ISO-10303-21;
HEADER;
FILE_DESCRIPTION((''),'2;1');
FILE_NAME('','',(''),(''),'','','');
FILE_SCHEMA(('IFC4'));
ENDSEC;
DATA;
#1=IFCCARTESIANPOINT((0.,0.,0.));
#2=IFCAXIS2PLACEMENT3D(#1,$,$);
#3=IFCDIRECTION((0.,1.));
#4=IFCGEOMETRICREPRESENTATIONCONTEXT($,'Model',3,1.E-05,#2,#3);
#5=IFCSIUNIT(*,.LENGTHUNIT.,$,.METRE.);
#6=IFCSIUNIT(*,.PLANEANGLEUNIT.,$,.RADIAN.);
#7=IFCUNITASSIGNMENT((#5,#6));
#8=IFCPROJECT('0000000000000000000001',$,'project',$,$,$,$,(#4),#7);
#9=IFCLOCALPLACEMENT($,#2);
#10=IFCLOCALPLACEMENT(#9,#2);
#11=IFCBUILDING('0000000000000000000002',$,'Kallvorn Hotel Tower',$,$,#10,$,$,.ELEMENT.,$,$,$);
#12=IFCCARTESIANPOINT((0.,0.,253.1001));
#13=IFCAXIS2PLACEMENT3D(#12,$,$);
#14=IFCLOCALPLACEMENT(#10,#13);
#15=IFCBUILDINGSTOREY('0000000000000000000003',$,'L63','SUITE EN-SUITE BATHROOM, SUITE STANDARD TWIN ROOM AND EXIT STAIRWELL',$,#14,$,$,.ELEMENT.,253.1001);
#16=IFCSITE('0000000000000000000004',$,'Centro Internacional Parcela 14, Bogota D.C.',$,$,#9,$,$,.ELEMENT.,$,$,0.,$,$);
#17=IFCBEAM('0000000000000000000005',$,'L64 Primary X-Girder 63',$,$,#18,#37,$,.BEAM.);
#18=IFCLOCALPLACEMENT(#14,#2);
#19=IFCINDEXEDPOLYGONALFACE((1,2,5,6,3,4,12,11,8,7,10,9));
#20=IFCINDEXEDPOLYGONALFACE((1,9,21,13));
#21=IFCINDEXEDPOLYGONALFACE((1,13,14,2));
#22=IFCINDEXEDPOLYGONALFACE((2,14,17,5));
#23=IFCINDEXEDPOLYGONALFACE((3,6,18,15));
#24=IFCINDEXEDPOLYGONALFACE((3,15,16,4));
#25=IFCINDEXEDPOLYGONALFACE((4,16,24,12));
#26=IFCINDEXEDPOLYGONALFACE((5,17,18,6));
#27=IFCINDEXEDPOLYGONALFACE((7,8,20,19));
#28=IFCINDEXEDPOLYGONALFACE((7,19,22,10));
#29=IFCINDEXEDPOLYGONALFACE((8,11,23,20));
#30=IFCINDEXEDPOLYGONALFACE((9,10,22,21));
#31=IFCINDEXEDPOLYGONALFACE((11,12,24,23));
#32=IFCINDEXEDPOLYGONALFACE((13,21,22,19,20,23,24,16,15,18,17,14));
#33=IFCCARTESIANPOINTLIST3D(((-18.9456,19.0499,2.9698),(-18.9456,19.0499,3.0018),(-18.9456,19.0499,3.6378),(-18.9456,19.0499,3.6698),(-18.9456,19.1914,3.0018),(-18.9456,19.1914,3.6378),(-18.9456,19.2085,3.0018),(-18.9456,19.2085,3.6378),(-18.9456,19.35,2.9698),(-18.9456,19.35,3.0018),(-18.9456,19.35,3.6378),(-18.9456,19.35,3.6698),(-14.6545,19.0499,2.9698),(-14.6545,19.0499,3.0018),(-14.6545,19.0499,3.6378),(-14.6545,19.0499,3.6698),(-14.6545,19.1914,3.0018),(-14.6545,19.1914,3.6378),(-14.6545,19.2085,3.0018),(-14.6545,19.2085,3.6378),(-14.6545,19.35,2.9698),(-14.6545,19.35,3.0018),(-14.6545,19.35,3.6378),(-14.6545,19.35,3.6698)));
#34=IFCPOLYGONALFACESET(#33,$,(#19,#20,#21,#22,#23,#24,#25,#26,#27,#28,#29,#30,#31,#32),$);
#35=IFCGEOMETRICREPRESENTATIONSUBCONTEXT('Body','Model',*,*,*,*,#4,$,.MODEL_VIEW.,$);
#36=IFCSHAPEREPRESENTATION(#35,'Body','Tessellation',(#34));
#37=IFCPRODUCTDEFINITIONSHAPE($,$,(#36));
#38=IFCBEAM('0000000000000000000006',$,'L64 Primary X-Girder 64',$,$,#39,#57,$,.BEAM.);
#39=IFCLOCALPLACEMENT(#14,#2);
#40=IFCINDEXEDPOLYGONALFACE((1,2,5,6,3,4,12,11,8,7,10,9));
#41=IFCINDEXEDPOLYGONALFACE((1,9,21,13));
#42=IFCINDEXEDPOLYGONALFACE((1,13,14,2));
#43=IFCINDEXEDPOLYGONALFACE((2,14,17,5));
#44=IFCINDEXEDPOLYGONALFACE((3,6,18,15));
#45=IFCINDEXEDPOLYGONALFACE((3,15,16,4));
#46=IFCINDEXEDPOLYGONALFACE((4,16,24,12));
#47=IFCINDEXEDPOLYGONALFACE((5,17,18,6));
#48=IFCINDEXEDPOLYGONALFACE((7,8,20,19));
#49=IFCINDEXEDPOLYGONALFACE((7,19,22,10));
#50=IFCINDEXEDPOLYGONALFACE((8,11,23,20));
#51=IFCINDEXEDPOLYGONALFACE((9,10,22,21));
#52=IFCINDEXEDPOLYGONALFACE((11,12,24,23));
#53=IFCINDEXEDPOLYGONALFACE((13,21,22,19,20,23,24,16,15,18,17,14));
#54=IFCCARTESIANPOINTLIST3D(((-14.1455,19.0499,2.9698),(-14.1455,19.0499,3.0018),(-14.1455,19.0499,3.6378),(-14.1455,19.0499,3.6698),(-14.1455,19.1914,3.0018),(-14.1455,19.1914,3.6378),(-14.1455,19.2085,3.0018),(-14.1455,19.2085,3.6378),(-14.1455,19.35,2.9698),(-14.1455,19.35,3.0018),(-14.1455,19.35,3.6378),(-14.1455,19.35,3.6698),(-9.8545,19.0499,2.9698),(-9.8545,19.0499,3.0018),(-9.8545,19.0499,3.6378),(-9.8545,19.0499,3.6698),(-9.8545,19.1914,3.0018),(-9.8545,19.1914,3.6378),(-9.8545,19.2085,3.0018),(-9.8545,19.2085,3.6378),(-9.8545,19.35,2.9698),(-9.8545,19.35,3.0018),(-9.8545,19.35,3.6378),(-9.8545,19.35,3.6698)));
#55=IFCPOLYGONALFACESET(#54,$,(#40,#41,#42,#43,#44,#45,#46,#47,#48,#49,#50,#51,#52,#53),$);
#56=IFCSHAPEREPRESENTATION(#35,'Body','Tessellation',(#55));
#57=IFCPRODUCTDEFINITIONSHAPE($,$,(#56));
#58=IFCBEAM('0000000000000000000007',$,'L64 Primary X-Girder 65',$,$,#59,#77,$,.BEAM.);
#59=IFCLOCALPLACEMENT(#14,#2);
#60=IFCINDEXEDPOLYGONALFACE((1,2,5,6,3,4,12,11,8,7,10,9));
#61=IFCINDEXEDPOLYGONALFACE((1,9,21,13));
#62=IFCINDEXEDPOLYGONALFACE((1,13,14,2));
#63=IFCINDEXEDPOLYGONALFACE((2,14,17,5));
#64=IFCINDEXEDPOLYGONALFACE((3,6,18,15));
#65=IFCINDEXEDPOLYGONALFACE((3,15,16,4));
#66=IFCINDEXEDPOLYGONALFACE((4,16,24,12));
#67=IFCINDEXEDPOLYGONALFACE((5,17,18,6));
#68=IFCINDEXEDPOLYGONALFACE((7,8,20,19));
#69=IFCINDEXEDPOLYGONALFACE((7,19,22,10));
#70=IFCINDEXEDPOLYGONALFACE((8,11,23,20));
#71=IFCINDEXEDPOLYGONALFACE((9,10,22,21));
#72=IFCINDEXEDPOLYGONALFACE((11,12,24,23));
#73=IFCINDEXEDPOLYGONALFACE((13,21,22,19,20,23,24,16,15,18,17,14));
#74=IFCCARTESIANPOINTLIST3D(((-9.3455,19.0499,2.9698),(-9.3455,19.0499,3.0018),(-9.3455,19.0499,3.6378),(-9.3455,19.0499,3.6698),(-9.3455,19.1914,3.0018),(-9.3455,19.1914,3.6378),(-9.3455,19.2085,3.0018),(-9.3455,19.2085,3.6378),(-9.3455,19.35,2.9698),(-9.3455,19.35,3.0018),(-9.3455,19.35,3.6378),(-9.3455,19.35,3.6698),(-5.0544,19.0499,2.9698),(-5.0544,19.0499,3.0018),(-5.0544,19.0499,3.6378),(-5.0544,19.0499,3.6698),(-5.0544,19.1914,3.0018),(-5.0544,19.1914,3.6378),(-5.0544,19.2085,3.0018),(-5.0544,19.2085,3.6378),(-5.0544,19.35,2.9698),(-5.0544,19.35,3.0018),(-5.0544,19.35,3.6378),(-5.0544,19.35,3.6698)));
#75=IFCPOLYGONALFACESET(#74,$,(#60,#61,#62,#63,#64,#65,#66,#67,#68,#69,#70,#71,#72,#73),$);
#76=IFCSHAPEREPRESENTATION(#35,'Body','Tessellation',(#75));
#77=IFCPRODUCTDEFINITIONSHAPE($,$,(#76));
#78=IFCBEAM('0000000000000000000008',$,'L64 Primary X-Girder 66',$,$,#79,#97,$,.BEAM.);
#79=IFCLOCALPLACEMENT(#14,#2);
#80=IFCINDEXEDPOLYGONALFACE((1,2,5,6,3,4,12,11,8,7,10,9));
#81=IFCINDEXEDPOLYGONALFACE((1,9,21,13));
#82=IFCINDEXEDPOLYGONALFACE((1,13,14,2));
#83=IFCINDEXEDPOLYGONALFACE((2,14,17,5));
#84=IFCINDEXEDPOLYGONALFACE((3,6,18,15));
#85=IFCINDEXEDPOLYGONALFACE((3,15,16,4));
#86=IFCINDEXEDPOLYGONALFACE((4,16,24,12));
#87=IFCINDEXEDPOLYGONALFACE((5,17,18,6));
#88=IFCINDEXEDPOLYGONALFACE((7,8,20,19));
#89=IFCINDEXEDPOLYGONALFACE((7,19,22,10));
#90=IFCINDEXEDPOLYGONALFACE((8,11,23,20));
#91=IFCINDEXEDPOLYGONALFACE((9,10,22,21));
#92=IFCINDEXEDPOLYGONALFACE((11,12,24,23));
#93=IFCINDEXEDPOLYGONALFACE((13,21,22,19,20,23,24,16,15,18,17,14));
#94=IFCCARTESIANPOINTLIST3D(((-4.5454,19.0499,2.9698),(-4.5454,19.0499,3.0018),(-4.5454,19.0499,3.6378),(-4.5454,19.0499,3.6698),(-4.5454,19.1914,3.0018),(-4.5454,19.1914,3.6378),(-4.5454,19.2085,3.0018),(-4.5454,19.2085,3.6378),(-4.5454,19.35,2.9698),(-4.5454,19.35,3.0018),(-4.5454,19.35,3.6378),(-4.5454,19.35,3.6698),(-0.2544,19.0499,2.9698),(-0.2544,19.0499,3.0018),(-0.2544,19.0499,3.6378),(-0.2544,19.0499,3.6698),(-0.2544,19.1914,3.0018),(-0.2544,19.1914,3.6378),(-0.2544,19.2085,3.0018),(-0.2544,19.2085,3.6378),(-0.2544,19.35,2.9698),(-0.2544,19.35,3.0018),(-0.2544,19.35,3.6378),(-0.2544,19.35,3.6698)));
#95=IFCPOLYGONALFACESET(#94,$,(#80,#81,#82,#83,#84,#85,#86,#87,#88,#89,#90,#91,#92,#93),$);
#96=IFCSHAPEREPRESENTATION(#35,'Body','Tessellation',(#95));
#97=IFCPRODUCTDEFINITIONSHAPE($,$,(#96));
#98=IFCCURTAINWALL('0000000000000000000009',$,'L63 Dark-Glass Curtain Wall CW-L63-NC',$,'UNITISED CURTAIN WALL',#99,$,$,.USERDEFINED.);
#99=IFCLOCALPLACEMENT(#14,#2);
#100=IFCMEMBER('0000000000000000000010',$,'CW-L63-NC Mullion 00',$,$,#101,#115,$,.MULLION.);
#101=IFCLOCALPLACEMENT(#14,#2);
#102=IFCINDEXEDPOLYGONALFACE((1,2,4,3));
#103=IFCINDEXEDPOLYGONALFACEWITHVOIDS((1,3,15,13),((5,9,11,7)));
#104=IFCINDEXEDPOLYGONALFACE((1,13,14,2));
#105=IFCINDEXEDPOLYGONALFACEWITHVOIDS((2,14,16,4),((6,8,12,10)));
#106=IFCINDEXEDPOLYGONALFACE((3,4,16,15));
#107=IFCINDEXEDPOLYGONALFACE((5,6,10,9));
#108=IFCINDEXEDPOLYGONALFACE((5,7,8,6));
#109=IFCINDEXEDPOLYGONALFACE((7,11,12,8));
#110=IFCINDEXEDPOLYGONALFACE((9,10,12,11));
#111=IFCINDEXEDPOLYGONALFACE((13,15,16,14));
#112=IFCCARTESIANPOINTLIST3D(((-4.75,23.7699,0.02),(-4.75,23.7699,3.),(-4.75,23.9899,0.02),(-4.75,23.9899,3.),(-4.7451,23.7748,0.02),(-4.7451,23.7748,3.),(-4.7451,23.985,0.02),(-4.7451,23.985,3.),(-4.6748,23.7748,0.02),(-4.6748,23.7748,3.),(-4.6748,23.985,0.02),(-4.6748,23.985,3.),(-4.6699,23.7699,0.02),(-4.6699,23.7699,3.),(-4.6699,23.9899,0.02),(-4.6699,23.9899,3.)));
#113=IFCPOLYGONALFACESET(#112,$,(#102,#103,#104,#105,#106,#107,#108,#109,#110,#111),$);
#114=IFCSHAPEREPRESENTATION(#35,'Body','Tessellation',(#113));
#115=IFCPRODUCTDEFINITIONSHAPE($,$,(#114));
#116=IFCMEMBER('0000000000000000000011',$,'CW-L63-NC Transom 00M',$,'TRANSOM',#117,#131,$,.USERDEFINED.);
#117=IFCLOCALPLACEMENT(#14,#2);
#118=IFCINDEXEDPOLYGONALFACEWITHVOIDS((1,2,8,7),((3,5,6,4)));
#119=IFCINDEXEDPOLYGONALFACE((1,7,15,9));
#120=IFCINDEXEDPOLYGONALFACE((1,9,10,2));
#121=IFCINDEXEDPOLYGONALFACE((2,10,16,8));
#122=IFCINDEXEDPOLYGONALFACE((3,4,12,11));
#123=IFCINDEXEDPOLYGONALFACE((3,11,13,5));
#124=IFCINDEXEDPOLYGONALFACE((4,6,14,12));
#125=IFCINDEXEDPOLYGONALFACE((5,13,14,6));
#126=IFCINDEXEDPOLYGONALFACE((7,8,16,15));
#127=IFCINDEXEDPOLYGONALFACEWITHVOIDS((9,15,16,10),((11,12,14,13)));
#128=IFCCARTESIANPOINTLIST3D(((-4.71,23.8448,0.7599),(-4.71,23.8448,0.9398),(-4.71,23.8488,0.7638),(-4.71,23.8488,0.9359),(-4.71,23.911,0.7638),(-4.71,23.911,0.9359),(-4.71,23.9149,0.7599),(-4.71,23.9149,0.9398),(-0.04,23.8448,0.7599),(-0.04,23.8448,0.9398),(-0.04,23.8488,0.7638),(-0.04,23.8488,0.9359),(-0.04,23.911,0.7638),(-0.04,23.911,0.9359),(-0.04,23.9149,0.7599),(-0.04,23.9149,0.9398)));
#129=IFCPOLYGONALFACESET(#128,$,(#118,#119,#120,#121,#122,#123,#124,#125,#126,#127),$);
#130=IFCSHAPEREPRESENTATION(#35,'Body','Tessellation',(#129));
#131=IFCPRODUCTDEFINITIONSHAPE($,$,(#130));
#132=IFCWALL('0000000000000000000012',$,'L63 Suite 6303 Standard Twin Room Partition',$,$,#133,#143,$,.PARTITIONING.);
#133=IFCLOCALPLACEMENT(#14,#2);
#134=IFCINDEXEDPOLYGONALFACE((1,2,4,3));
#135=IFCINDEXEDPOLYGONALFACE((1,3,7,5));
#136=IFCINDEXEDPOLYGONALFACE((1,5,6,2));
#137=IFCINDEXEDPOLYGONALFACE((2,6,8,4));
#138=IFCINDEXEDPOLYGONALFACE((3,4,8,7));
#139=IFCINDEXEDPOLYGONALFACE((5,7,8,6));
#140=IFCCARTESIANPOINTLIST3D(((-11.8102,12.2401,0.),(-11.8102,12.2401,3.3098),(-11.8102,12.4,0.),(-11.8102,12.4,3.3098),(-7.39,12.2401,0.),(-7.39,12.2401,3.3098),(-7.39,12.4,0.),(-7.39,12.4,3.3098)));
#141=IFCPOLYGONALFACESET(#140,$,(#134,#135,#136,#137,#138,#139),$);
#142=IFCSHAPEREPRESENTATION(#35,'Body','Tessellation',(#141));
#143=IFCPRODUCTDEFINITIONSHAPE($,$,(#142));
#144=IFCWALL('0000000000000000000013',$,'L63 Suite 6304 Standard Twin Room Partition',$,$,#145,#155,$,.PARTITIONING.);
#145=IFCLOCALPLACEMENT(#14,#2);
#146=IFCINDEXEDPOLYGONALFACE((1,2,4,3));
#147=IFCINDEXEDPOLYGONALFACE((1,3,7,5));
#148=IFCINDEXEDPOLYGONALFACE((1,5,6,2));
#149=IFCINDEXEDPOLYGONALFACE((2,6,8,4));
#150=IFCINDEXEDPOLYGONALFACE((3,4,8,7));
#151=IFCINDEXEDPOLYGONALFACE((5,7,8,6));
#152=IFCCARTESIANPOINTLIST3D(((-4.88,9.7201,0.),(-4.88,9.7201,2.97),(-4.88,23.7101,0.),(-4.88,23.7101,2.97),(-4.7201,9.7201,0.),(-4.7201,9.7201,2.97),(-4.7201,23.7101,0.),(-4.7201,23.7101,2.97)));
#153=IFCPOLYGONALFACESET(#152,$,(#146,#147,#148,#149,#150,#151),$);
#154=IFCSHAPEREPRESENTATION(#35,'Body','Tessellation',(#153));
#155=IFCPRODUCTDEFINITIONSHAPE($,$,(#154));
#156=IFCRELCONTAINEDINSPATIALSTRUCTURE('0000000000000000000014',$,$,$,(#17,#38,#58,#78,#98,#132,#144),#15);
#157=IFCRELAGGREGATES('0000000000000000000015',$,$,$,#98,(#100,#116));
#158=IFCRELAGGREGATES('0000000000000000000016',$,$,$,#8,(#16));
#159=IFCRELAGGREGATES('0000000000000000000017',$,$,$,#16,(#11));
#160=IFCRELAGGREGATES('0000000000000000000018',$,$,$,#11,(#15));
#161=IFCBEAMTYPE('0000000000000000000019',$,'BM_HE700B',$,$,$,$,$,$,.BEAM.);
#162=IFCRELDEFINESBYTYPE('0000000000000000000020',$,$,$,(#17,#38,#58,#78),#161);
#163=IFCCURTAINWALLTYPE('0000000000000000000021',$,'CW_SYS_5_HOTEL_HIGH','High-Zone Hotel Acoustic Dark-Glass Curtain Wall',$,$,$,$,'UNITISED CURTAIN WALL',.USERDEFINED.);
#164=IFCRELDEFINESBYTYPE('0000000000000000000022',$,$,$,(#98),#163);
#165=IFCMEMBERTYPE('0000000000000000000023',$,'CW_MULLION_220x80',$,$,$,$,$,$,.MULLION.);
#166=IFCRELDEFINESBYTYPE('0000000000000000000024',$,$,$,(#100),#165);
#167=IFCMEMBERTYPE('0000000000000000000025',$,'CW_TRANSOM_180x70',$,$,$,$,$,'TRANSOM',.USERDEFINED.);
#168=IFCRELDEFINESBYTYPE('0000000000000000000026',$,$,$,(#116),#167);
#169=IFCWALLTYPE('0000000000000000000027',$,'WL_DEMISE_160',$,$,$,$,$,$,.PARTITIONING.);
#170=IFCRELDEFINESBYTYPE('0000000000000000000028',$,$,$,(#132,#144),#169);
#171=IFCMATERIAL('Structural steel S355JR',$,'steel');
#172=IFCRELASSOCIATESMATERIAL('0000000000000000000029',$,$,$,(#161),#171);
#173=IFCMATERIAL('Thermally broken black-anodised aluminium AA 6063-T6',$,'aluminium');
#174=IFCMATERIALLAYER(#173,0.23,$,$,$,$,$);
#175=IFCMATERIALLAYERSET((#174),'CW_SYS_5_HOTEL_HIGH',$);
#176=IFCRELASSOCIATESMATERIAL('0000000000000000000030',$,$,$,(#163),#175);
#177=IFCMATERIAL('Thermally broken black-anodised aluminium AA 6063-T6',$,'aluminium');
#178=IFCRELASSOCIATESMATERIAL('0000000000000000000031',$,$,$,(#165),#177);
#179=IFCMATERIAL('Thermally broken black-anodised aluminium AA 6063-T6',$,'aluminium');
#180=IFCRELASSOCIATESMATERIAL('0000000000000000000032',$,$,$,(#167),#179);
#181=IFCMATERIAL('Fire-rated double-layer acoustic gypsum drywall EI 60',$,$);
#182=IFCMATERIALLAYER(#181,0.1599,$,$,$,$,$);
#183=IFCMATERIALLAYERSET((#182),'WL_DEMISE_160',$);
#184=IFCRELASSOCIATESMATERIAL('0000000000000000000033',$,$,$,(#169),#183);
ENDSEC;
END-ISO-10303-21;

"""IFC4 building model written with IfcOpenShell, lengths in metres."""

from ifc_helpers import new_model, si_unit, direction, frame, frame_2d, origin, origin_2d, place, context, subcontext, project, spatial, rectangle, hollow_rectangle, i_section, extrude, material, layer, layer_set, material_profile, profile_set, type_object, element, aggregate, save


model = new_model("IFC4")

# Units and contexts
model_context = context("Model", 3, precision=1e-05, world=origin(), true_north=direction((0.0, 1.0)))
body_context = subcontext(model_context, "Body", "Model", "MODEL_VIEW")
ifc_project = project(units=[si_unit("LENGTHUNIT", "METRE"), si_unit("PLANEANGLEUNIT", "RADIAN")], contexts=[model_context])

# Site, building, storey
site_placement = place(None, origin())
site = spatial("IfcSite", under=ifc_project, at=site_placement, Name="Centro Internacional Parcela 14, Bogota D.C.", CompositionType="ELEMENT", RefElevation=0.0)
building_placement = place(site_placement, origin())
building = spatial("IfcBuilding", under=site, at=building_placement, Name="Kallvorn Hotel Tower", CompositionType="ELEMENT")
storey_placement = place(building_placement, frame((0.0, 0.0, 253.1001)))
storey = spatial("IfcBuildingStorey", under=building, at=storey_placement, Name="L63", Description="SUITE EN-SUITE BATHROOM, SUITE STANDARD TWIN ROOM AND EXIT STAIRWELL", CompositionType="ELEMENT", Elevation=253.1001)

# Beams
ifc_material_1 = material(Name="Structural steel S355JR", Category="steel")
ifc_material_profile_1 = material_profile(ifc_material_1, i_section(OverallWidth=0.3, OverallDepth=0.7, WebThickness=0.0171, FlangeThickness=0.032, at=origin_2d()), Name="HE 700 B")
ifc_profile_set_1 = profile_set([ifc_material_profile_1], Name="Structural steel S355JR")
beam_type_1 = type_object("IfcBeamType", Name="BM_HE700B", PredefinedType="BEAM", material=ifc_profile_set_1)
for number, where, z_axis, x_axis, name in (
    (1, (-18.9456, 19.2, 3.3198), (1.0, 0.0, 0.0), (0.0, 1.0, 0.0), "L64 Primary X-Girder 63"),
    (2, (-14.1455, 19.2, 3.3198), (1.0, 0.0, 0.0), (0.0, 1.0, 0.0), "L64 Primary X-Girder 64"),
    (3, (-9.3455, 19.2, 3.3198), (1.0, 0.0, 0.0), (0.0, 1.0, 0.0), "L64 Primary X-Girder 65"),
    (4, (-4.5454, 19.2, 3.3198), (1.0, 0.0, 0.0), (0.0, 1.0, 0.0), "L64 Primary X-Girder 66"),
):
    element("IfcBeam", number, at=place(storey_placement, frame(where, z_axis=z_axis, x_axis=x_axis)), inside=storey, type_object=beam_type_1, Name=name, PredefinedType="BEAM", context=body_context, shape_type="SweptSolid", body=[
        extrude(i_section(OverallWidth=0.3, OverallDepth=0.7, WebThickness=0.0171, FlangeThickness=0.032, at=origin_2d()), origin(), (0.0, 0.0, 1.0), 4.291),
    ])

# Curtain wall, members
ifc_material_2 = material(Name="Thermally broken black-anodised aluminium AA 6063-T6", Category="aluminium")
ifc_layer_1 = layer(ifc_material_2, 0.23)
ifc_layer_set_1 = layer_set([ifc_layer_1], Name="CW_SYS_5_HOTEL_HIGH")
curtain_wall_type = type_object("IfcCurtainWallType", Name="CW_SYS_5_HOTEL_HIGH", Description="High-Zone Hotel Acoustic Dark-Glass Curtain Wall", ElementType="UNITISED CURTAIN WALL", PredefinedType="USERDEFINED", material=ifc_layer_set_1)
curtain_wall_placement = place(storey_placement, origin())
curtain_wall = element("IfcCurtainWall", 5, at=curtain_wall_placement, inside=storey, type_object=curtain_wall_type, Name="L63 Dark-Glass Curtain Wall CW-L63-NC", ObjectType="UNITISED CURTAIN WALL", PredefinedType="USERDEFINED")
ifc_material_3 = material(Name="Thermally broken black-anodised aluminium AA 6063-T6", Category="aluminium")
ifc_material_profile_2 = material_profile(ifc_material_3, hollow_rectangle(XDim=0.0801, YDim=0.22, WallThickness=0.0049, at=origin_2d()), Name="MUL 220x80")
ifc_profile_set_2 = profile_set([ifc_material_profile_2], Name="Thermally broken black-anodised aluminium AA 6063-T6")
member_type_1 = type_object("IfcMemberType", Name="CW_MULLION_220x80", PredefinedType="MULLION", material=ifc_profile_set_2)
member_1_placement = place(storey_placement, frame((-4.71, 23.8799, 0.02), z_axis=(0.0, 0.0, 1.0), x_axis=(1.0, 0.0, 0.0)))
member_1 = element("IfcMember", 6, at=member_1_placement, type_object=member_type_1, Name="CW-L63-NC Mullion 00", PredefinedType="MULLION", context=body_context, shape_type="SweptSolid", body=[
    extrude(hollow_rectangle(XDim=0.0801, YDim=0.22, WallThickness=0.0049, at=origin_2d()), origin(), (0.0, 0.0, 1.0), 2.98),
])
ifc_material_4 = material(Name="Thermally broken black-anodised aluminium AA 6063-T6", Category="aluminium")
ifc_material_profile_3 = material_profile(ifc_material_4, hollow_rectangle(XDim=0.0701, YDim=0.1799, WallThickness=0.0039, at=origin_2d()), Name="TRN 180x70")
ifc_profile_set_3 = profile_set([ifc_material_profile_3], Name="Thermally broken black-anodised aluminium AA 6063-T6")
member_type_2 = type_object("IfcMemberType", Name="CW_TRANSOM_180x70", ElementType="TRANSOM", PredefinedType="USERDEFINED", material=ifc_profile_set_3)
member_2_placement = place(storey_placement, frame((-4.71, 23.8799, 0.8499), z_axis=(1.0, 0.0, 0.0), x_axis=(0.0, 1.0, 0.0)))
member_2 = element("IfcMember", 7, at=member_2_placement, type_object=member_type_2, Name="CW-L63-NC Transom 00M", ObjectType="TRANSOM", PredefinedType="USERDEFINED", context=body_context, shape_type="SweptSolid", body=[
    extrude(hollow_rectangle(XDim=0.0701, YDim=0.1799, WallThickness=0.0039, at=origin_2d()), origin(), (0.0, 0.0, 1.0), 4.6699),
])
aggregate(curtain_wall, [member_1, member_2])

# Walls
ifc_material_5 = material(Name="Fire-rated double-layer acoustic gypsum drywall EI 60")
ifc_layer_2 = layer(ifc_material_5, 0.1599)
ifc_layer_set_2 = layer_set([ifc_layer_2], Name="WL_DEMISE_160")
wall_type = type_object("IfcWallType", Name="WL_DEMISE_160", PredefinedType="PARTITIONING", material=ifc_layer_set_2)
wall_1_placement = place(storey_placement, frame((-11.8101, 12.3201, 0.0), z_axis=(0.0, 0.0, 1.0), x_axis=(1.0, 0.0, 0.0)))
element("IfcWall", 8, at=wall_1_placement, inside=storey, type_object=wall_type, Name="L63 Suite 6303 Standard Twin Room Partition", PredefinedType="PARTITIONING", context=body_context, shape_type="SweptSolid", body=[
    extrude(rectangle(XDim=4.4202, YDim=0.1599, at=frame_2d((2.21, 0.0))), origin(), (0.0, 0.0, 1.0), 3.3098),
])
wall_2_placement = place(storey_placement, frame((-4.8, 9.72, 0.0), z_axis=(0.0, 0.0, 1.0), x_axis=(0.0, 1.0, 0.0)))
element("IfcWall", 9, at=wall_2_placement, inside=storey, type_object=wall_type, Name="L63 Suite 6304 Standard Twin Room Partition", PredefinedType="PARTITIONING", context=body_context, shape_type="SweptSolid", body=[
    extrude(rectangle(XDim=13.99, YDim=0.1599, at=frame_2d((6.9951, 0.0))), origin(), (0.0, 0.0, 1.0), 2.97),
])

save(model, "model.ifc")
